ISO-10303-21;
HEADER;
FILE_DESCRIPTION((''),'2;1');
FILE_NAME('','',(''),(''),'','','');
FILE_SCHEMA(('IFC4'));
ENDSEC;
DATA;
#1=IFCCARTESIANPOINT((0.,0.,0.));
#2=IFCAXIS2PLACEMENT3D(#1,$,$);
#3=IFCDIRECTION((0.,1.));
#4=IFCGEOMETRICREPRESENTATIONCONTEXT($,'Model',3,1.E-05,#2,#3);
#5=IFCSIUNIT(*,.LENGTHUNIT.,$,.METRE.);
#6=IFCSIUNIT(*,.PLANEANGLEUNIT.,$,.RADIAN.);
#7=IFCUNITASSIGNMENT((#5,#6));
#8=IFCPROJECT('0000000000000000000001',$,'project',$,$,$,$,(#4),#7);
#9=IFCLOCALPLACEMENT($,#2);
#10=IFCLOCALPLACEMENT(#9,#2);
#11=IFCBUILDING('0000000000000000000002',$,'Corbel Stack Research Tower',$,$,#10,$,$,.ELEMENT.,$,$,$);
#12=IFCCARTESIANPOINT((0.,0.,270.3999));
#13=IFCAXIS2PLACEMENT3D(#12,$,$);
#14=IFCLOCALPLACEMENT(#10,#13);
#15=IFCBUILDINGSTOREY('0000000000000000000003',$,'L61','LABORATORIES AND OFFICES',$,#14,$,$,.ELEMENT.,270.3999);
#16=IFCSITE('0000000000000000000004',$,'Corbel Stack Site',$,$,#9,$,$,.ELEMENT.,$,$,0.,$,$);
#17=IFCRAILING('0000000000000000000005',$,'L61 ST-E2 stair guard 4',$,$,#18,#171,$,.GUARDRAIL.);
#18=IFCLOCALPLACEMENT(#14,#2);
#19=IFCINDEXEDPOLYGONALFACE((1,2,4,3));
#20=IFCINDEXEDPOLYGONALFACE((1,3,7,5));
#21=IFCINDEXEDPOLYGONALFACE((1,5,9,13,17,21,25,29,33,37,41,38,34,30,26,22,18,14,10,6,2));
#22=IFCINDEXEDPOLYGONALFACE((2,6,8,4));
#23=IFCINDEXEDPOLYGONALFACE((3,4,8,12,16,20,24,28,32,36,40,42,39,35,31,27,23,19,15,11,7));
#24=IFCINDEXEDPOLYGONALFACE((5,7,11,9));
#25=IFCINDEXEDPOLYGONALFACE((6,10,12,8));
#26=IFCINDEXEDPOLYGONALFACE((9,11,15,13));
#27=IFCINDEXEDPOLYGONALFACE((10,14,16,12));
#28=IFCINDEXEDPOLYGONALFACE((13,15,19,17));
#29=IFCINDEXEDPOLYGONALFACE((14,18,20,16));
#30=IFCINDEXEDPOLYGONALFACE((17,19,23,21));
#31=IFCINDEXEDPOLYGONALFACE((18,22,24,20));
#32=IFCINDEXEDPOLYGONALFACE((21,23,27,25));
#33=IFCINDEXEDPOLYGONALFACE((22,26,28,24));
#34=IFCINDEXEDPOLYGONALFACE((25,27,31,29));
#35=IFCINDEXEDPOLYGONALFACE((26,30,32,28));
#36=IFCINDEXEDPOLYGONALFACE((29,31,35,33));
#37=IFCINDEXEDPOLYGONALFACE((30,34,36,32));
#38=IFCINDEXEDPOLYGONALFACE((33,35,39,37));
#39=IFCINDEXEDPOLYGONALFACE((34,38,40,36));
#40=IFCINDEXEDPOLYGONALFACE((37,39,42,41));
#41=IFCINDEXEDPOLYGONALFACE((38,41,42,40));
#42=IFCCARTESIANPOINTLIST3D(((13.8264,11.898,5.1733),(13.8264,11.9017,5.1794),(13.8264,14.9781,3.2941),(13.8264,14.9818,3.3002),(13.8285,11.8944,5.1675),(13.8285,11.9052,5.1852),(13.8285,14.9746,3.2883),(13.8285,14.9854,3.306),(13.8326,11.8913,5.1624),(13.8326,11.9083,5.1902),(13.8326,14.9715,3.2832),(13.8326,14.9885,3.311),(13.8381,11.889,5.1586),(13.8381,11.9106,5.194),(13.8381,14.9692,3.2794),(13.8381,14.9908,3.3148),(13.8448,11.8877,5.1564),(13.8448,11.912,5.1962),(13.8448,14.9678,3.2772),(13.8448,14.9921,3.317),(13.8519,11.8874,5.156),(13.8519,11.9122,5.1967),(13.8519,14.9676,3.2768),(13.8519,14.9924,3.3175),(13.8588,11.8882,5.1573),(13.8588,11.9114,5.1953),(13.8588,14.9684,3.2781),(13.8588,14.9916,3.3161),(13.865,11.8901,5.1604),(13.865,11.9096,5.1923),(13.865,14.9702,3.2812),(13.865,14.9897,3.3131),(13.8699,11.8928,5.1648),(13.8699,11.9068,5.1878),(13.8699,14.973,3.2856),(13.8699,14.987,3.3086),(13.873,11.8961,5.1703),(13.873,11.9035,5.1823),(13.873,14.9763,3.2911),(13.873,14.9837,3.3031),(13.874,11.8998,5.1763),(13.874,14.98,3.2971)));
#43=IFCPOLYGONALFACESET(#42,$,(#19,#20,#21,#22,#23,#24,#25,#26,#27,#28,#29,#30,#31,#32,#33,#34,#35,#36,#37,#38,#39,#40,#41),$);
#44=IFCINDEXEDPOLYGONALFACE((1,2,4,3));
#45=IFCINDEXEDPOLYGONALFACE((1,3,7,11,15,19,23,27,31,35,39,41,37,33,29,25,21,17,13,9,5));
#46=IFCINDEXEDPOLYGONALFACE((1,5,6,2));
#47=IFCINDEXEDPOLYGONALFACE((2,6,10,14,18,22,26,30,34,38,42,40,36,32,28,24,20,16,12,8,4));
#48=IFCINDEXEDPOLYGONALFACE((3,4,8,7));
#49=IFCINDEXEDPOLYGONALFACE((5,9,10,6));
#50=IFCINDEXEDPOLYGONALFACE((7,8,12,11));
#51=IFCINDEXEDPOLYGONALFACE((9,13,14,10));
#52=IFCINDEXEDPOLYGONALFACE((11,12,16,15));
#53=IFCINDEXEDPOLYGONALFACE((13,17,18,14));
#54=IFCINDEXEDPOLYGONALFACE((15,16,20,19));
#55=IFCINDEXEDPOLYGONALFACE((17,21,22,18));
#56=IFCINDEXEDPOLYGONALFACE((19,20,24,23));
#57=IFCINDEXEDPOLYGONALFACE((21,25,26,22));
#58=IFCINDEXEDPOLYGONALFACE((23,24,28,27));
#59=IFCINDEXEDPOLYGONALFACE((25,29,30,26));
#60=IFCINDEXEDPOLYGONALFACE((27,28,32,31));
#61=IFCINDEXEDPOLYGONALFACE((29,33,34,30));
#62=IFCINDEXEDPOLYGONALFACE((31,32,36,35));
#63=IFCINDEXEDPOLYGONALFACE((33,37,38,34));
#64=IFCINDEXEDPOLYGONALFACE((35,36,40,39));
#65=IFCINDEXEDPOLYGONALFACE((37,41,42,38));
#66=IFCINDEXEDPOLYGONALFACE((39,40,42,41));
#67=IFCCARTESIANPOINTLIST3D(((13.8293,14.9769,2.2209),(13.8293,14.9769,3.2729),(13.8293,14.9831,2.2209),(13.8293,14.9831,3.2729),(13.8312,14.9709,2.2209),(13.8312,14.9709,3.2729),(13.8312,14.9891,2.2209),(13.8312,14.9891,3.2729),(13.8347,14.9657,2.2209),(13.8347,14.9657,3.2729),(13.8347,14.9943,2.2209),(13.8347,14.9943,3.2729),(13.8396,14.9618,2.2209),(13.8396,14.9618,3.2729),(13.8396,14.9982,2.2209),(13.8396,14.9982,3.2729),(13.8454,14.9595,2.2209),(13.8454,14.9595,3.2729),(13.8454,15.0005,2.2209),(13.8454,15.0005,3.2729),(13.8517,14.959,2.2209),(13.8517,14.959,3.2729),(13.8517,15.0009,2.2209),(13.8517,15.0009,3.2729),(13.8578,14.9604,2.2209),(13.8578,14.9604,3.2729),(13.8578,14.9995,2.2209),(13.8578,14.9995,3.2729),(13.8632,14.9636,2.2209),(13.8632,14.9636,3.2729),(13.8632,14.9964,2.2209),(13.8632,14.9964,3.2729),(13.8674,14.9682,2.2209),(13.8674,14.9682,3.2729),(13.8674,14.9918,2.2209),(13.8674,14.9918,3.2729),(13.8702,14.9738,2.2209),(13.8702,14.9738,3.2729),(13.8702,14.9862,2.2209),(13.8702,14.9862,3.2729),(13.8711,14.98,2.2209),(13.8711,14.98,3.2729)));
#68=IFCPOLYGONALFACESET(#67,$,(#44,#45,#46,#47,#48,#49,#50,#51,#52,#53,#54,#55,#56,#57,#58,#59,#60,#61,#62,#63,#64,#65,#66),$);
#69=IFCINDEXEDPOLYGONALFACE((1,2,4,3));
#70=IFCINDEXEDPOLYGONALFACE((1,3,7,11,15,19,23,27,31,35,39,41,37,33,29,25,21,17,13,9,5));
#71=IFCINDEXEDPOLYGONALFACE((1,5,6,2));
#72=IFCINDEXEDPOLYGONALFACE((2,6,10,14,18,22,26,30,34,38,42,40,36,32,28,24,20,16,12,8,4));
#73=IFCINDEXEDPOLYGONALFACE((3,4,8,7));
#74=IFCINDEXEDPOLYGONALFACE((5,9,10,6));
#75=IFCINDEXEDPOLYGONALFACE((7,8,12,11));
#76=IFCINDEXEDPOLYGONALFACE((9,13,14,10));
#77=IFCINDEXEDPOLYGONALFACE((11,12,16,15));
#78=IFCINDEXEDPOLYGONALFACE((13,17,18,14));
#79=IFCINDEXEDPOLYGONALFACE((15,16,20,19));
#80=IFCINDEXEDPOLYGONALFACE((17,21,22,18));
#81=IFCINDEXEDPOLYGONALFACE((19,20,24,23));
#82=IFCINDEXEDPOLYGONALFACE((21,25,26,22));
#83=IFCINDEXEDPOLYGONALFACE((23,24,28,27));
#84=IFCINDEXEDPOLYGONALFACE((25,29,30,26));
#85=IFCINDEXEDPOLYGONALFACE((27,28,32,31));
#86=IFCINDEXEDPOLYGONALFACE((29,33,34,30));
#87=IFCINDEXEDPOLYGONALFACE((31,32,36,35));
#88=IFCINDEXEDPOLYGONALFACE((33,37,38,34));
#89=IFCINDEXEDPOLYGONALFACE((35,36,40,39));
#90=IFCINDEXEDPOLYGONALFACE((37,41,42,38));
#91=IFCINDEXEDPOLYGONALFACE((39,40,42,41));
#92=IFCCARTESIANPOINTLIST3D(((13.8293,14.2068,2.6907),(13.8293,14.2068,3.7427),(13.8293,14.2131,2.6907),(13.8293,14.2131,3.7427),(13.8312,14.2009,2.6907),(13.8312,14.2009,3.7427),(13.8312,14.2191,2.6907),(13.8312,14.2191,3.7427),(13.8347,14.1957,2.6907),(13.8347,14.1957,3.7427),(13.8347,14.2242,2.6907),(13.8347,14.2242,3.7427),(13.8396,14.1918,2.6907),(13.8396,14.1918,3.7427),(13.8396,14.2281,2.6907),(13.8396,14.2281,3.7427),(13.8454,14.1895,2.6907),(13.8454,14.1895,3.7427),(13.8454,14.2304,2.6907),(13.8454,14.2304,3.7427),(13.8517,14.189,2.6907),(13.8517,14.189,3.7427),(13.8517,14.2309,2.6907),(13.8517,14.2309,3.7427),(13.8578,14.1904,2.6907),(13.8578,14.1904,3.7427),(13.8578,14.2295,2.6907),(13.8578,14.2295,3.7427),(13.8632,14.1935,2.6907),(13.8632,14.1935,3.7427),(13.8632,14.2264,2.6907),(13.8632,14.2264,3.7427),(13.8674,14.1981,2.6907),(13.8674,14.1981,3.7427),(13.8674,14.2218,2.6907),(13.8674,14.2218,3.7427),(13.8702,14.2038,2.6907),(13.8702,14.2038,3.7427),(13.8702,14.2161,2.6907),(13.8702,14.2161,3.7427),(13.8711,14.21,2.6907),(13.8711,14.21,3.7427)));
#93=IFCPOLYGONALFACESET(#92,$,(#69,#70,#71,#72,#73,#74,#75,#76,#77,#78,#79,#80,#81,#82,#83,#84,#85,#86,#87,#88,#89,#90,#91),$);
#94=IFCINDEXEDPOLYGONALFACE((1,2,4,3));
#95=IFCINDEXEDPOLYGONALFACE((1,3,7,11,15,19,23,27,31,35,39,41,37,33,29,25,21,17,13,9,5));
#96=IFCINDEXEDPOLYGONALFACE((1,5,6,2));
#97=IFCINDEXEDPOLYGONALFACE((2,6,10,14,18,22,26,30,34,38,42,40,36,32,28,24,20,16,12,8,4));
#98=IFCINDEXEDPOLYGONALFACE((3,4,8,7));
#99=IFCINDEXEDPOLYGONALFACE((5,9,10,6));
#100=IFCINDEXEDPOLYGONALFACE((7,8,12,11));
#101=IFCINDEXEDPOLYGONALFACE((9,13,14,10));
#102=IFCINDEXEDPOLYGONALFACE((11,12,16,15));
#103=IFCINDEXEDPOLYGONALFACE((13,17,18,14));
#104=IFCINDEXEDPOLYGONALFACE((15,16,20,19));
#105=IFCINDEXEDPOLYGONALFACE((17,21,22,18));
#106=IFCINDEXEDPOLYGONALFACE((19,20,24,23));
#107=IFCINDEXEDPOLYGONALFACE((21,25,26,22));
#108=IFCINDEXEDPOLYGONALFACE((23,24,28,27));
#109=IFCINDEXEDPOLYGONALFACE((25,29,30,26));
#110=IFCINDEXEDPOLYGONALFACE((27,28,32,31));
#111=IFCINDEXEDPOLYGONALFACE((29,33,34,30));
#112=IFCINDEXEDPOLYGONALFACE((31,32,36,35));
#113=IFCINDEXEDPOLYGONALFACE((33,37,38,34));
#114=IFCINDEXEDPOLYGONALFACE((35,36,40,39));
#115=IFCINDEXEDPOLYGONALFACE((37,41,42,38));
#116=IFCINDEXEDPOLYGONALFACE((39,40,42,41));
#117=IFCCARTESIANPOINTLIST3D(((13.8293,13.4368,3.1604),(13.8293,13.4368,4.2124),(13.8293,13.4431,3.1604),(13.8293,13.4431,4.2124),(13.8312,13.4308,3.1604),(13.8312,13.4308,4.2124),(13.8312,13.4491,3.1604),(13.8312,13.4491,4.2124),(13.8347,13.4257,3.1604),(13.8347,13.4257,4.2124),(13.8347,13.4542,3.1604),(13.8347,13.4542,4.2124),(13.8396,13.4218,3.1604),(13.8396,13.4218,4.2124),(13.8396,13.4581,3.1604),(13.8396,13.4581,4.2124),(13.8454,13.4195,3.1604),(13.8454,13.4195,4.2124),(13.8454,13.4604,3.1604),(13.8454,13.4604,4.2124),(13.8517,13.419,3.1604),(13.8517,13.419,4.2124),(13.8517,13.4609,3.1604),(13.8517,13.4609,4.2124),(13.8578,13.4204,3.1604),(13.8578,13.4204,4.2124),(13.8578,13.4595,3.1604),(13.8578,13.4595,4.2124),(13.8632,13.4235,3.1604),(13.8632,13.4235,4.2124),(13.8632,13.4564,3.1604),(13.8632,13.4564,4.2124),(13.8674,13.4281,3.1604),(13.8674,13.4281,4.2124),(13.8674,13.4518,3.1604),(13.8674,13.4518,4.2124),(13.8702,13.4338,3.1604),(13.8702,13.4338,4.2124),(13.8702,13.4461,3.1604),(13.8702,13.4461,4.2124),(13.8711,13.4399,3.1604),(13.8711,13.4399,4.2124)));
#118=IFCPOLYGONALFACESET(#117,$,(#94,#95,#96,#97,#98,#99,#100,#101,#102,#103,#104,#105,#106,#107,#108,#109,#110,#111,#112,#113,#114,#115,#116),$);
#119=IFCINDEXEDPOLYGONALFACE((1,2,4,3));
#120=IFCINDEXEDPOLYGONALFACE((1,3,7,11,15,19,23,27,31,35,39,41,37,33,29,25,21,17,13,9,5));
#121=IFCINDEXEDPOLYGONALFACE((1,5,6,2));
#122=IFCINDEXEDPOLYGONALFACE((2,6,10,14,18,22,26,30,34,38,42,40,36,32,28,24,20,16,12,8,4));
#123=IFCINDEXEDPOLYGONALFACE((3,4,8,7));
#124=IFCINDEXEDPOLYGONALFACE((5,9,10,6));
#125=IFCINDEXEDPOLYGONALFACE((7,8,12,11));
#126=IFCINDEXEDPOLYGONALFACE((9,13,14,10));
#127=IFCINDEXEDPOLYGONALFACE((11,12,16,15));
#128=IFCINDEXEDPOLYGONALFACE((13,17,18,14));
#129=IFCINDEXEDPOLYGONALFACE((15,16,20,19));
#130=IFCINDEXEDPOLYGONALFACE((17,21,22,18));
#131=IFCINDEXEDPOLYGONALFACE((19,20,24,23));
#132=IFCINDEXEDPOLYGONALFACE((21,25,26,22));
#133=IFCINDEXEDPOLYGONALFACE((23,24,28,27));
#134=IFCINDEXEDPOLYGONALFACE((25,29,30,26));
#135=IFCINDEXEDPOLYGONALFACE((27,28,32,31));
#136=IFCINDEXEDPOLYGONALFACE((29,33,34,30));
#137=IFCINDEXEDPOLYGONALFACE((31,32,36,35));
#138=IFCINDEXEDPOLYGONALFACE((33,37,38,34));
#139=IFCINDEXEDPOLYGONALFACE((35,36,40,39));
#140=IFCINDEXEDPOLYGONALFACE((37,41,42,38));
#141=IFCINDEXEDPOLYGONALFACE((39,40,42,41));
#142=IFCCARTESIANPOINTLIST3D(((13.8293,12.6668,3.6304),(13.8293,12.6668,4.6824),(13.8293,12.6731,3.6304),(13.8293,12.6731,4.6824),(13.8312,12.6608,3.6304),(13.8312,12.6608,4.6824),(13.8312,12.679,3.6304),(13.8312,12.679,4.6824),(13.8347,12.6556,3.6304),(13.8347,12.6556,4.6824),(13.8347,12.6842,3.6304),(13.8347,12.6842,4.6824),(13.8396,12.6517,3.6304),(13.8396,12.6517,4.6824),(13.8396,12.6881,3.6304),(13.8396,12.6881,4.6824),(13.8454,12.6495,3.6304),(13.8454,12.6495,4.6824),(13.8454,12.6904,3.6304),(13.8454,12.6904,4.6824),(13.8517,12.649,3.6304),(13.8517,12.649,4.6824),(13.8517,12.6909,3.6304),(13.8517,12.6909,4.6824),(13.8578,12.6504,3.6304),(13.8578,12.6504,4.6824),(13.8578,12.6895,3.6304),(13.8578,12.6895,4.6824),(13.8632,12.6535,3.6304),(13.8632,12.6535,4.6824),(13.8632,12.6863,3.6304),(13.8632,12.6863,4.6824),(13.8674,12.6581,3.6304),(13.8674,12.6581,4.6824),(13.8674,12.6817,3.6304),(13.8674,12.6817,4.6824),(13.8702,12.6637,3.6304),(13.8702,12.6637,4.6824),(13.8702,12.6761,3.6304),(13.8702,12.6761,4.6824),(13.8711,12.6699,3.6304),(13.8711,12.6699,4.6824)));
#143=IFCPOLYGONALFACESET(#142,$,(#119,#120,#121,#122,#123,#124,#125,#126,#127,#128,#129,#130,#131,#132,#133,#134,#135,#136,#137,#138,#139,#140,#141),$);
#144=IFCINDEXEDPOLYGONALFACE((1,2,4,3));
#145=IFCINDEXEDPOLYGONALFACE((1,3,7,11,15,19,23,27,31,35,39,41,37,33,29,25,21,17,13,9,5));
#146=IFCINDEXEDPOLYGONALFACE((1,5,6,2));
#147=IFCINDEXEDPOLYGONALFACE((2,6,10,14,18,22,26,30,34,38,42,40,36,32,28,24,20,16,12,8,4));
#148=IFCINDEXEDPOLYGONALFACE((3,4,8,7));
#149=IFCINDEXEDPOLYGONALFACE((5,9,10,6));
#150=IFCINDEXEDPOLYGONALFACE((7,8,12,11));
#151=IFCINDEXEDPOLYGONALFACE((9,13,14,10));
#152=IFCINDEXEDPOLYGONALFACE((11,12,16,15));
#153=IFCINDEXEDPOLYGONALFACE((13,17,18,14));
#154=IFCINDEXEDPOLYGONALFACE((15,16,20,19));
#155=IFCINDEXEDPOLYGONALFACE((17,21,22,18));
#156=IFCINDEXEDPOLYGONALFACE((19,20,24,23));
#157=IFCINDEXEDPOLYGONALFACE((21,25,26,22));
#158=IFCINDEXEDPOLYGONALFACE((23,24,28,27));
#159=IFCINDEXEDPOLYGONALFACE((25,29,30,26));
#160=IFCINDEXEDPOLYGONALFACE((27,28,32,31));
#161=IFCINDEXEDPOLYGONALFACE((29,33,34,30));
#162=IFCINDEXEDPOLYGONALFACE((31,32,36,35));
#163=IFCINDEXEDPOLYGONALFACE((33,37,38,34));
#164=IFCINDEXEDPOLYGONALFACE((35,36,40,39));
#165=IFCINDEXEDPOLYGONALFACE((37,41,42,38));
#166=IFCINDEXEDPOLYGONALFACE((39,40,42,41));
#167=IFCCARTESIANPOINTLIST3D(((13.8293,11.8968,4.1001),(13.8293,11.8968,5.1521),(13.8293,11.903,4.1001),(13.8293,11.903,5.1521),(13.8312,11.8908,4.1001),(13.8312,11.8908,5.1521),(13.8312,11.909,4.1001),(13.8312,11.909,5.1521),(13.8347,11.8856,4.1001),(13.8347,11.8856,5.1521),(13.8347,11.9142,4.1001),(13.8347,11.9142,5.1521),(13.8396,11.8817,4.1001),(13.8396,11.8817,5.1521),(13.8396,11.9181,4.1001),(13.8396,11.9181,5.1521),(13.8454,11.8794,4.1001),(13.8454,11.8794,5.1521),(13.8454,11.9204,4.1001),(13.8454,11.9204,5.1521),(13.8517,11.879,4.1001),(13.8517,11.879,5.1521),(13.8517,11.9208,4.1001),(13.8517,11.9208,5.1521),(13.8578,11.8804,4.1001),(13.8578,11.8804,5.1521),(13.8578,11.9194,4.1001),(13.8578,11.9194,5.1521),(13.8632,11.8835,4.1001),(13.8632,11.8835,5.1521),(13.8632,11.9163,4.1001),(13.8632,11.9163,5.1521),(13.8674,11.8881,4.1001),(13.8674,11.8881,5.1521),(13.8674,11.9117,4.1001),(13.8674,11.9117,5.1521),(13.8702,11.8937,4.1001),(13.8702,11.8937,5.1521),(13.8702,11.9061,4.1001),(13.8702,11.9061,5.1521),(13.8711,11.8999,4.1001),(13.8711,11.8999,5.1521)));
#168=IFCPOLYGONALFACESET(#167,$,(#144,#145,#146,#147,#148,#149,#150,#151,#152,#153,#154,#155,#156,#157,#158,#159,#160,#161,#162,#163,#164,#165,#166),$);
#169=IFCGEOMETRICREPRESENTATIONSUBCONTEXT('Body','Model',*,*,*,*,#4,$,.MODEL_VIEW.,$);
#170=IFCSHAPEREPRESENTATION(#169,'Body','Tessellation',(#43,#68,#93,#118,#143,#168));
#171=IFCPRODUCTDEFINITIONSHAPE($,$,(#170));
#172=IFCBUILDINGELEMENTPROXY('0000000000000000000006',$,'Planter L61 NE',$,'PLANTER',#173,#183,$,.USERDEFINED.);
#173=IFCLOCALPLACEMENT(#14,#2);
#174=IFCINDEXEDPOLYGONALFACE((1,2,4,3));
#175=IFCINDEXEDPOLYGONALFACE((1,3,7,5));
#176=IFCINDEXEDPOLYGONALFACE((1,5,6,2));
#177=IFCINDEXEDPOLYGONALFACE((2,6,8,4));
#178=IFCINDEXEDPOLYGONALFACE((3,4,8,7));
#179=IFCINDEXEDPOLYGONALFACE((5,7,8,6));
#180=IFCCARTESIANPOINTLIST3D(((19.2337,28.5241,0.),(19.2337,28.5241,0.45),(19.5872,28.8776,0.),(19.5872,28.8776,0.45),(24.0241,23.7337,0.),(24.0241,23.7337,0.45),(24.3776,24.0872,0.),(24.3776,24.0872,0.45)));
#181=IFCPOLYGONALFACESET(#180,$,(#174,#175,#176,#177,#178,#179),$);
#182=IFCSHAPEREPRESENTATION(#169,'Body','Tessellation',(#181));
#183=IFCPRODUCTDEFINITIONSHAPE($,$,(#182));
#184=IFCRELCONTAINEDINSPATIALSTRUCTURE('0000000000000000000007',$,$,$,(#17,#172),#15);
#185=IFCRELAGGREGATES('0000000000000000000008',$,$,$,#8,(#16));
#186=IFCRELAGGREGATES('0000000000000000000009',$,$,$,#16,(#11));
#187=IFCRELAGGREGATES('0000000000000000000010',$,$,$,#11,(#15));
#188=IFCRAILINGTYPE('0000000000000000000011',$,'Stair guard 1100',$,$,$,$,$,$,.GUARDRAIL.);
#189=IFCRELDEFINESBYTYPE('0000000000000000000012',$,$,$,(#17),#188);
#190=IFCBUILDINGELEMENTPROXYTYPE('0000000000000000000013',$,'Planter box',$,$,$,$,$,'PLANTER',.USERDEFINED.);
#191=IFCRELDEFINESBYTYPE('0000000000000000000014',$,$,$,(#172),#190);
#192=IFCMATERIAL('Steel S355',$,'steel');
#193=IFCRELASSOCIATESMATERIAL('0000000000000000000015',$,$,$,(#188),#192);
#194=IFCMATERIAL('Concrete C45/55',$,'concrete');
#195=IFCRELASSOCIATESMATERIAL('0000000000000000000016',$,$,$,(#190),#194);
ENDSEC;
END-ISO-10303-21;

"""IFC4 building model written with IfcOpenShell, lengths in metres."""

from ifc_helpers import new_model, si_unit, direction, frame, origin, origin_2d, place, context, subcontext, project, spatial, rectangle, circle, extrude, material, type_object, element, save


model = new_model("IFC4")

# Units and contexts
model_context = context("Model", 3, precision=1e-05, world=origin(), true_north=direction((0.0, 1.0)))
body_context = subcontext(model_context, "Body", "Model", "MODEL_VIEW")
ifc_project = project(units=[si_unit("LENGTHUNIT", "METRE"), si_unit("PLANEANGLEUNIT", "RADIAN")], contexts=[model_context])

# Site, building, storey
site_placement = place(None, origin())
site = spatial("IfcSite", under=ifc_project, at=site_placement, Name="Corbel Stack Site", CompositionType="ELEMENT", RefElevation=0.0)
building_placement = place(site_placement, origin())
building = spatial("IfcBuilding", under=site, at=building_placement, Name="Corbel Stack Research Tower", CompositionType="ELEMENT")
storey_placement = place(building_placement, frame((0.0, 0.0, 270.3999)))
storey = spatial("IfcBuildingStorey", under=building, at=storey_placement, Name="L61", Description="LABORATORIES AND OFFICES", CompositionType="ELEMENT", Elevation=270.3999)

# Railing
ifc_material_1 = material(Name="Steel S355", Category="steel")
railing_type_1 = type_object("IfcRailingType", Name="Stair guard 1100", PredefinedType="GUARDRAIL", material=ifc_material_1)
railing_1_placement = place(storey_placement, frame((13.8501, 14.98, 2.2209)))
element("IfcRailing", 1, at=railing_1_placement, inside=storey, type_object=railing_type_1, Name="L61 ST-E2 stair guard 4", PredefinedType="GUARDRAIL", context=body_context, shape_type="SweptSolid", body=[
    extrude(circle(Radius=0.0239, at=origin_2d()), frame((0.0, 0.0, 1.0762), z_axis=(0.0, -0.853666, 0.52082), x_axis=(1.0, 0.0, 0.0)), (0.0, 0.0, 1.0), 3.6082),
    extrude(circle(Radius=0.021, at=origin_2d()), origin(), (0.0, 0.0, 1.0), 1.052),
    extrude(circle(Radius=0.021, at=origin_2d()), frame((0.0, -0.77, 0.4697)), (0.0, 0.0, 1.0), 1.052),
    extrude(circle(Radius=0.021, at=origin_2d()), frame((0.0, -1.54, 0.9395)), (0.0, 0.0, 1.0), 1.052),
    extrude(circle(Radius=0.021, at=origin_2d()), frame((0.0, -2.3101, 1.4094)), (0.0, 0.0, 1.0), 1.052),
    extrude(circle(Radius=0.021, at=origin_2d()), frame((0.0, -3.0801, 1.8792)), (0.0, 0.0, 1.0), 1.052),
])

# Building element proxy
ifc_material_2 = material(Name="Concrete C45/55", Category="concrete")
building_element_proxy_type = type_object("IfcBuildingElementProxyType", Name="Planter box", ElementType="PLANTER", PredefinedType="USERDEFINED", material=ifc_material_2)
proxy_placement = place(storey_placement, frame((21.8057, 26.3057, 0.0), z_axis=(0.0, 0.0, 1.0), x_axis=(-0.707107, 0.707107, 0.0)))
element("IfcBuildingElementProxy", 2, at=proxy_placement, inside=storey, type_object=building_element_proxy_type, Name="Planter L61 NE", ObjectType="PLANTER", PredefinedType="USERDEFINED", context=body_context, shape_type="SweptSolid", body=[
    extrude(rectangle(XDim=6.7747, YDim=0.5, at=origin_2d()), origin(), (0.0, 0.0, 1.0), 0.45),
])

save(model, "model.ifc")
